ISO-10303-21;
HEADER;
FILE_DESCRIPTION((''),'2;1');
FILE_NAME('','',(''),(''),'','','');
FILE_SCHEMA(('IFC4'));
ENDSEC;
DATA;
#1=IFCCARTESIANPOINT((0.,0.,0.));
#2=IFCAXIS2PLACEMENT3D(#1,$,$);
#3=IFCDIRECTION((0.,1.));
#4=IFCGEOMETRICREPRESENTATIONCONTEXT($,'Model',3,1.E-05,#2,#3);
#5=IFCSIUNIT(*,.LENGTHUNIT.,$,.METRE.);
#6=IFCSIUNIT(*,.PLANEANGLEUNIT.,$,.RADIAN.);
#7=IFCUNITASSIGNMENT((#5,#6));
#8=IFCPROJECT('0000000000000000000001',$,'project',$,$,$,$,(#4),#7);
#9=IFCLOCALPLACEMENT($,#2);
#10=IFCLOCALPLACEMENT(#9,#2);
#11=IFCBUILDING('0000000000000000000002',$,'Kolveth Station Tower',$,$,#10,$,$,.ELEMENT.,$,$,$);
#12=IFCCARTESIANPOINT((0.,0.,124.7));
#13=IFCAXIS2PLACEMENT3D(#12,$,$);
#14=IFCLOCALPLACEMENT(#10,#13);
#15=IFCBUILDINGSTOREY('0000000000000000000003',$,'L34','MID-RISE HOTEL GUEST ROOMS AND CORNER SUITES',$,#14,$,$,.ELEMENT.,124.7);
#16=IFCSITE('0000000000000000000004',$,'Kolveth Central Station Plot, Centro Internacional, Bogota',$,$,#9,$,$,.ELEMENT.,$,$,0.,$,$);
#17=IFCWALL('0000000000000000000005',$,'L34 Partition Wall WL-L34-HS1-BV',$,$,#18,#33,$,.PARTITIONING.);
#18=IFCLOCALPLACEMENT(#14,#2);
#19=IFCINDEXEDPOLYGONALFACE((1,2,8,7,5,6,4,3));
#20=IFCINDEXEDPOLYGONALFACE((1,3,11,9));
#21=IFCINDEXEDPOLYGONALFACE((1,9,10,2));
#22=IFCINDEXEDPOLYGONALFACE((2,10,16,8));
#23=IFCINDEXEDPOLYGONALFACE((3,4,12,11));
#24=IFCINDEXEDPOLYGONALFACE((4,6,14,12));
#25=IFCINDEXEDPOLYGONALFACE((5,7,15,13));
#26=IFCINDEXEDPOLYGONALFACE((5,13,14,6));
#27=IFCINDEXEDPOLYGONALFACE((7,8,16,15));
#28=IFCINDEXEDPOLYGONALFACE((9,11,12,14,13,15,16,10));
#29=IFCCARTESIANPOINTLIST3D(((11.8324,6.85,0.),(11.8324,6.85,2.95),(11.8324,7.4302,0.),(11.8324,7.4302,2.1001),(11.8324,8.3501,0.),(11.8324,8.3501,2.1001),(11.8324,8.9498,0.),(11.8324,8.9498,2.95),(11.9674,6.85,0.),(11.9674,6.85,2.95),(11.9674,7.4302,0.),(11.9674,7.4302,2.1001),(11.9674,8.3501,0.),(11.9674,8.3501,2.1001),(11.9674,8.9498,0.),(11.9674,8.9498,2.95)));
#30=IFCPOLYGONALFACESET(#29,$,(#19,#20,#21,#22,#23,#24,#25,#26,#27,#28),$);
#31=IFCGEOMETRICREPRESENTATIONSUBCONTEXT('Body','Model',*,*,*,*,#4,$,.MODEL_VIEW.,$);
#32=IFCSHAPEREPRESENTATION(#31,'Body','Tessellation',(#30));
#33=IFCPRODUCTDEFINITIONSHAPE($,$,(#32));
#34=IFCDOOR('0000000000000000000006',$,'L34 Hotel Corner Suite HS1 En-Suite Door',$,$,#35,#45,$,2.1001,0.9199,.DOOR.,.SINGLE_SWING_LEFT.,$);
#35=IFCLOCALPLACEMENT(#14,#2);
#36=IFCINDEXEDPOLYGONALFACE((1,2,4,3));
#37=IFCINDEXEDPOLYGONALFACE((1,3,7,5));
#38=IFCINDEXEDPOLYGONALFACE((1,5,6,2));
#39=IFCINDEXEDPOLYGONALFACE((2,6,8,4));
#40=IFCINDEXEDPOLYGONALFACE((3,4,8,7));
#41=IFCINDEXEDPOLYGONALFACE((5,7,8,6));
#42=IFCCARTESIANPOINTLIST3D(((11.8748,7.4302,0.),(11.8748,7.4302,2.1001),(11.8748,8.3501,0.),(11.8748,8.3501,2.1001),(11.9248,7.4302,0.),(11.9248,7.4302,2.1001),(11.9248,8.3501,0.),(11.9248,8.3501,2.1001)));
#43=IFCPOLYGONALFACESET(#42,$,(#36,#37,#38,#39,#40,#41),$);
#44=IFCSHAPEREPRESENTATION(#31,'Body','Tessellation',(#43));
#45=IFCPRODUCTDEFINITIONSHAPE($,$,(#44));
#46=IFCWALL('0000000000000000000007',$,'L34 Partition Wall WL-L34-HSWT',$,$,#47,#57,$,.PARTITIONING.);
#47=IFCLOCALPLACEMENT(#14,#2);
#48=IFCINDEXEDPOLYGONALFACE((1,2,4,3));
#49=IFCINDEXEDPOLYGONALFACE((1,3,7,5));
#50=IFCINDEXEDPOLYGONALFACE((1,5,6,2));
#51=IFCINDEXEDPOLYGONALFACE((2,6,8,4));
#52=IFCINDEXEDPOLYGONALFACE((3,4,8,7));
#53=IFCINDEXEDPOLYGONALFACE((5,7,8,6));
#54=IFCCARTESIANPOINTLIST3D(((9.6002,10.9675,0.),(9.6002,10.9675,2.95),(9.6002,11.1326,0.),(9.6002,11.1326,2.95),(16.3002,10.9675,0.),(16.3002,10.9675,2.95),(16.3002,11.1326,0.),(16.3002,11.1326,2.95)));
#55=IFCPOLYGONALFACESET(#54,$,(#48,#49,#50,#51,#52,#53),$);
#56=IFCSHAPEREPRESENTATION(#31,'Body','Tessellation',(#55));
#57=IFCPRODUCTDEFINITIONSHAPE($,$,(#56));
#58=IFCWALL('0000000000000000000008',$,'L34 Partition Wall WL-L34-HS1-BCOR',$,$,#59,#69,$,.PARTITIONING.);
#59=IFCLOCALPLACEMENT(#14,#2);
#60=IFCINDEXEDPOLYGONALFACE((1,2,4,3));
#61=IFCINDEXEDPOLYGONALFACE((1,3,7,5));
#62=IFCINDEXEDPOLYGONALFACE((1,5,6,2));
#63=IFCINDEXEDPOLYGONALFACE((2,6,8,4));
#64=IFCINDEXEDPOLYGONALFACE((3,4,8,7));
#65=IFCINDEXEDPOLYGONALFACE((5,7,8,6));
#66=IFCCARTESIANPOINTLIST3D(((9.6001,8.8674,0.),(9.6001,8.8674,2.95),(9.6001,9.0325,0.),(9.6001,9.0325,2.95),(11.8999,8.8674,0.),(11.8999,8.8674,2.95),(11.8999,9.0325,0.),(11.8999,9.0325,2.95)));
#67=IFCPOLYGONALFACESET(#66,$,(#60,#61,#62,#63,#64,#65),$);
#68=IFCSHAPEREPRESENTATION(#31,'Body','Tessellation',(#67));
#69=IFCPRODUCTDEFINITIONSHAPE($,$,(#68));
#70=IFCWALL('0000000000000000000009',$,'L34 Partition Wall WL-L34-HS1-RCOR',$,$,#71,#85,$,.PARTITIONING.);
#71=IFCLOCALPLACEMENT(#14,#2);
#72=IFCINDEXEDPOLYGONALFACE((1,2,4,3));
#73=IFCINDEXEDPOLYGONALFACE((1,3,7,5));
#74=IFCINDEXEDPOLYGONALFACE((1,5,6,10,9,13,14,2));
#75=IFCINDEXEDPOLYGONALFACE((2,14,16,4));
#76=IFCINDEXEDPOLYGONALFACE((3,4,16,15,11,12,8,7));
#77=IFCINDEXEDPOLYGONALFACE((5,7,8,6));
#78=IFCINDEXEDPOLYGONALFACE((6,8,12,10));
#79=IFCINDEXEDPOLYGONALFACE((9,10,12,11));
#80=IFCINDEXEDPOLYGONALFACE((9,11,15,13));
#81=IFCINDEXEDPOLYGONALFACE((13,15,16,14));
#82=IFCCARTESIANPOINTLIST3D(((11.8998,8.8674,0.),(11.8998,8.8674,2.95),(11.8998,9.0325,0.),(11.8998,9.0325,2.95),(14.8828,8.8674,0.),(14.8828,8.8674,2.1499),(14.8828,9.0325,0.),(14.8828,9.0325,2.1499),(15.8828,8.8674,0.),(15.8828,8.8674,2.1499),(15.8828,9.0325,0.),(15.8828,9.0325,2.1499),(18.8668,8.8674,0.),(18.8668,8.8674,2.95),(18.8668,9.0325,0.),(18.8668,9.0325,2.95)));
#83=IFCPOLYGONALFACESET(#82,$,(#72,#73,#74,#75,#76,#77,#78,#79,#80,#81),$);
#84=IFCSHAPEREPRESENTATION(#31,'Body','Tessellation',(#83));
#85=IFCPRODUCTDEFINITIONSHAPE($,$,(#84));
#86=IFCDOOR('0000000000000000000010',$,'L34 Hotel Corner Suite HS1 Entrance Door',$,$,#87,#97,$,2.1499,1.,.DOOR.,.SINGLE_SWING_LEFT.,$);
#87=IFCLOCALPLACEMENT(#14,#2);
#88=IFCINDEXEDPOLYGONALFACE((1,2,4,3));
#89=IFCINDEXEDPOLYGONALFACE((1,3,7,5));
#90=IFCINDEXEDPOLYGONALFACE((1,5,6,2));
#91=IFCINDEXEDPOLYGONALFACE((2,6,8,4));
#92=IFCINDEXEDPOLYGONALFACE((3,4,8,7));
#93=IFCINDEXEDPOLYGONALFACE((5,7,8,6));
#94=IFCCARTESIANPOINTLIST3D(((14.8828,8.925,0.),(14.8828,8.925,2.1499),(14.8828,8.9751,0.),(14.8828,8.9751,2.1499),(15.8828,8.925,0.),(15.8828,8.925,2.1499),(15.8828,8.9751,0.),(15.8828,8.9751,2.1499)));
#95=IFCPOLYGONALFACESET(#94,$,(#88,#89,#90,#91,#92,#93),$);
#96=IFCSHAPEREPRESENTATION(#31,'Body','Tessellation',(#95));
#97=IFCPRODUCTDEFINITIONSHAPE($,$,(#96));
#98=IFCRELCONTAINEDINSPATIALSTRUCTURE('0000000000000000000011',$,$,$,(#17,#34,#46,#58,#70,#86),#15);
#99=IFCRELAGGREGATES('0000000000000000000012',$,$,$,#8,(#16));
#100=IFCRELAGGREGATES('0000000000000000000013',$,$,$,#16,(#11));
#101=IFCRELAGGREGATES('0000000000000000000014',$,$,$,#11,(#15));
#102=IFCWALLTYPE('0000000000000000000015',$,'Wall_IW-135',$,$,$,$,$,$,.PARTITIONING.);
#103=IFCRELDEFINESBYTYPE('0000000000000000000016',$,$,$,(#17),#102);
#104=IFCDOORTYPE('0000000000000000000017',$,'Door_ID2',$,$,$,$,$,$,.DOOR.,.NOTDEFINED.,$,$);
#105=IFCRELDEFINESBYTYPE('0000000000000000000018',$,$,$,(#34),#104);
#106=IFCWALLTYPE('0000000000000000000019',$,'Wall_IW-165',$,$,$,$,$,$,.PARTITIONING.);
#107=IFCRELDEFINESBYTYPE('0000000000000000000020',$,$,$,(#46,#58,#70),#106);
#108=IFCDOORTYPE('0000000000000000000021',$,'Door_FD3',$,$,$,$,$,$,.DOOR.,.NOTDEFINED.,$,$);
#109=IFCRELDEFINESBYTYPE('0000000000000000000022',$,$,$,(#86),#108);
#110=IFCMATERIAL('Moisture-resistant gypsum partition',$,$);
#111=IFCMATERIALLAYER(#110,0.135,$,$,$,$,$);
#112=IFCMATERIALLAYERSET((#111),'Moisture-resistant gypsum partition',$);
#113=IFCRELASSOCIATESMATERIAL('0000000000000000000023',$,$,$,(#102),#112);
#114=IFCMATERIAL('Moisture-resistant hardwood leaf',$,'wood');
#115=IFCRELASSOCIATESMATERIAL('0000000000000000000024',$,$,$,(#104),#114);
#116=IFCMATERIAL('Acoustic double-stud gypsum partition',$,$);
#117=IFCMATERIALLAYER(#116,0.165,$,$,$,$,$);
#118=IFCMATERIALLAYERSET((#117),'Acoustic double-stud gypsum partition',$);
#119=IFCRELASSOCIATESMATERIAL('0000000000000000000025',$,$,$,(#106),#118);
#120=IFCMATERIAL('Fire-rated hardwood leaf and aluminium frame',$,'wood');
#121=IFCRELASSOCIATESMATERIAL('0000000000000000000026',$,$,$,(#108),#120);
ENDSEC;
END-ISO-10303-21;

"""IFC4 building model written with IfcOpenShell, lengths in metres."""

from ifc_helpers import new_model, si_unit, direction, frame, frame_2d, origin, place, context, subcontext, project, spatial, rectangle, extrude, material, layer, layer_set, type_object, element, fill, save


model = new_model("IFC4")

# Units and contexts
model_context = context("Model", 3, precision=1e-05, world=origin(), true_north=direction((0.0, 1.0)))
body_context = subcontext(model_context, "Body", "Model", "MODEL_VIEW")
ifc_project = project(units=[si_unit("LENGTHUNIT", "METRE"), si_unit("PLANEANGLEUNIT", "RADIAN")], contexts=[model_context])

# Site, building, storey
site_placement = place(None, origin())
site = spatial("IfcSite", under=ifc_project, at=site_placement, Name="Kolveth Central Station Plot, Centro Internacional, Bogota", CompositionType="ELEMENT", RefElevation=0.0)
building_placement = place(site_placement, origin())
building = spatial("IfcBuilding", under=site, at=building_placement, Name="Kolveth Station Tower", CompositionType="ELEMENT")
storey_placement = place(building_placement, frame((0.0, 0.0, 124.7)))
storey = spatial("IfcBuildingStorey", under=building, at=storey_placement, Name="L34", Description="MID-RISE HOTEL GUEST ROOMS AND CORNER SUITES", CompositionType="ELEMENT", Elevation=124.7)

# Wall, opening, door
ifc_material_1 = material(Name="Moisture-resistant gypsum partition")
ifc_layer_1 = layer(ifc_material_1, 0.135)
ifc_layer_set_1 = layer_set([ifc_layer_1], Name="Moisture-resistant gypsum partition")
wall_type_1 = type_object("IfcWallType", Name="Wall_IW-135", PredefinedType="PARTITIONING", material=ifc_layer_set_1)
wall_1_placement = place(storey_placement, frame((11.8999, 6.8501, 0.0), z_axis=(0.0, 0.0, 1.0), x_axis=(0.0, 1.0, 0.0)))
wall_1 = element("IfcWall", 1, at=wall_1_placement, inside=storey, type_object=wall_type_1, Name="L34 Partition Wall WL-L34-HS1-BV", PredefinedType="PARTITIONING", context=body_context, shape_type="SweptSolid", body=[
    extrude(rectangle(XDim=2.0999, YDim=0.135, at=frame_2d((1.0498, 0.0))), origin(), (0.0, 0.0, 1.0), 2.95),
])
opening_1_placement = place(wall_1_placement, frame((0.5801, 0.0, 0.0)))
opening_1 = element("IfcOpeningElement", 2, at=opening_1_placement, cuts=wall_1, PredefinedType="OPENING", context=body_context, shape_type="SweptSolid", body=[
    extrude(rectangle(XDim=0.9199, YDim=2.1001, at=frame_2d((0.46, 1.05))), frame((0.0, 0.0774, 0.0), z_axis=(0.0, -1.0, 0.0), x_axis=(1.0, 0.0, 0.0)), (0.0, 0.0, 1.0), 0.155),
])
ifc_material_2 = material(Name="Moisture-resistant hardwood leaf", Category="wood")
door_type_1 = type_object("IfcDoorType", Name="Door_ID2", OperationType="NOTDEFINED", PredefinedType="DOOR", material=ifc_material_2)
door_1_placement = place(opening_1_placement, frame((0.9199, 0.0, 0.0), z_axis=(0.0, 0.0, 1.0), x_axis=(-1.0, 0.0, 0.0)))
door_1 = element("IfcDoor", 3, at=door_1_placement, inside=storey, type_object=door_type_1, Name="L34 Hotel Corner Suite HS1 En-Suite Door", OperationType="SINGLE_SWING_LEFT", OverallHeight=2.1001, OverallWidth=0.9199, PredefinedType="DOOR", context=body_context, shape_type="SweptSolid", body=[
    extrude(rectangle(XDim=0.9199, YDim=2.1001, at=frame_2d((0.46, 1.05))), frame((0.0, 0.0249, 0.0), z_axis=(0.0, -1.0, 0.0), x_axis=(1.0, 0.0, 0.0)), (0.0, 0.0, 1.0), 0.05),
])
fill(opening_1, door_1)

# Walls
ifc_material_3 = material(Name="Acoustic double-stud gypsum partition")
ifc_layer_2 = layer(ifc_material_3, 0.165)
ifc_layer_set_2 = layer_set([ifc_layer_2], Name="Acoustic double-stud gypsum partition")
wall_type_2 = type_object("IfcWallType", Name="Wall_IW-165", PredefinedType="PARTITIONING", material=ifc_layer_set_2)
wall_2_placement = place(storey_placement, frame((9.6001, 11.05, 0.0), z_axis=(0.0, 0.0, 1.0), x_axis=(1.0, 0.0, 0.0)))
element("IfcWall", 4, at=wall_2_placement, inside=storey, type_object=wall_type_2, Name="L34 Partition Wall WL-L34-HSWT", PredefinedType="PARTITIONING", context=body_context, shape_type="SweptSolid", body=[
    extrude(rectangle(XDim=6.7, YDim=0.165, at=frame_2d((3.3501, 0.0))), origin(), (0.0, 0.0, 1.0), 2.95),
])
wall_3_placement = place(storey_placement, frame((9.6001, 8.95, 0.0), z_axis=(0.0, 0.0, 1.0), x_axis=(1.0, 0.0, 0.0)))
element("IfcWall", 5, at=wall_3_placement, inside=storey, type_object=wall_type_2, Name="L34 Partition Wall WL-L34-HS1-BCOR", PredefinedType="PARTITIONING", context=body_context, shape_type="SweptSolid", body=[
    extrude(rectangle(XDim=2.2998, YDim=0.165, at=frame_2d((1.1499, 0.0))), origin(), (0.0, 0.0, 1.0), 2.95),
])

# Wall, opening, door
wall_4_placement = place(storey_placement, frame((11.8999, 8.95, 0.0), z_axis=(0.0, 0.0, 1.0), x_axis=(1.0, 0.0, 0.0)))
wall_4 = element("IfcWall", 6, at=wall_4_placement, inside=storey, type_object=wall_type_2, Name="L34 Partition Wall WL-L34-HS1-RCOR", PredefinedType="PARTITIONING", context=body_context, shape_type="SweptSolid", body=[
    extrude(rectangle(XDim=6.967, YDim=0.165, at=frame_2d((3.4834, 0.0))), origin(), (0.0, 0.0, 1.0), 2.95),
])
opening_2_placement = place(wall_4_placement, frame((2.9829, 0.0, 0.0)))
opening_2 = element("IfcOpeningElement", 7, at=opening_2_placement, cuts=wall_4, PredefinedType="OPENING", context=body_context, shape_type="SweptSolid", body=[
    extrude(rectangle(XDim=1.0, YDim=2.1499, at=frame_2d((0.5, 1.075))), frame((0.0, 0.0925, 0.0), z_axis=(0.0, -1.0, 0.0), x_axis=(1.0, 0.0, 0.0)), (0.0, 0.0, 1.0), 0.1851),
])
ifc_material_4 = material(Name="Fire-rated hardwood leaf and aluminium frame", Category="wood")
door_type_2 = type_object("IfcDoorType", Name="Door_FD3", OperationType="NOTDEFINED", PredefinedType="DOOR", material=ifc_material_4)
door_2_placement = place(opening_2_placement, frame((1.0, 0.0, 0.0), z_axis=(0.0, 0.0, 1.0), x_axis=(-1.0, 0.0, 0.0)))
door_2 = element("IfcDoor", 8, at=door_2_placement, inside=storey, type_object=door_type_2, Name="L34 Hotel Corner Suite HS1 Entrance Door", OperationType="SINGLE_SWING_LEFT", OverallHeight=2.1499, OverallWidth=1.0, PredefinedType="DOOR", context=body_context, shape_type="SweptSolid", body=[
    extrude(rectangle(XDim=1.0, YDim=2.1499, at=frame_2d((0.5, 1.075))), frame((0.0, 0.0249, 0.0), z_axis=(0.0, -1.0, 0.0), x_axis=(1.0, 0.0, 0.0)), (0.0, 0.0, 1.0), 0.05),
])
fill(opening_2, door_2)

save(model, "model.ifc")
